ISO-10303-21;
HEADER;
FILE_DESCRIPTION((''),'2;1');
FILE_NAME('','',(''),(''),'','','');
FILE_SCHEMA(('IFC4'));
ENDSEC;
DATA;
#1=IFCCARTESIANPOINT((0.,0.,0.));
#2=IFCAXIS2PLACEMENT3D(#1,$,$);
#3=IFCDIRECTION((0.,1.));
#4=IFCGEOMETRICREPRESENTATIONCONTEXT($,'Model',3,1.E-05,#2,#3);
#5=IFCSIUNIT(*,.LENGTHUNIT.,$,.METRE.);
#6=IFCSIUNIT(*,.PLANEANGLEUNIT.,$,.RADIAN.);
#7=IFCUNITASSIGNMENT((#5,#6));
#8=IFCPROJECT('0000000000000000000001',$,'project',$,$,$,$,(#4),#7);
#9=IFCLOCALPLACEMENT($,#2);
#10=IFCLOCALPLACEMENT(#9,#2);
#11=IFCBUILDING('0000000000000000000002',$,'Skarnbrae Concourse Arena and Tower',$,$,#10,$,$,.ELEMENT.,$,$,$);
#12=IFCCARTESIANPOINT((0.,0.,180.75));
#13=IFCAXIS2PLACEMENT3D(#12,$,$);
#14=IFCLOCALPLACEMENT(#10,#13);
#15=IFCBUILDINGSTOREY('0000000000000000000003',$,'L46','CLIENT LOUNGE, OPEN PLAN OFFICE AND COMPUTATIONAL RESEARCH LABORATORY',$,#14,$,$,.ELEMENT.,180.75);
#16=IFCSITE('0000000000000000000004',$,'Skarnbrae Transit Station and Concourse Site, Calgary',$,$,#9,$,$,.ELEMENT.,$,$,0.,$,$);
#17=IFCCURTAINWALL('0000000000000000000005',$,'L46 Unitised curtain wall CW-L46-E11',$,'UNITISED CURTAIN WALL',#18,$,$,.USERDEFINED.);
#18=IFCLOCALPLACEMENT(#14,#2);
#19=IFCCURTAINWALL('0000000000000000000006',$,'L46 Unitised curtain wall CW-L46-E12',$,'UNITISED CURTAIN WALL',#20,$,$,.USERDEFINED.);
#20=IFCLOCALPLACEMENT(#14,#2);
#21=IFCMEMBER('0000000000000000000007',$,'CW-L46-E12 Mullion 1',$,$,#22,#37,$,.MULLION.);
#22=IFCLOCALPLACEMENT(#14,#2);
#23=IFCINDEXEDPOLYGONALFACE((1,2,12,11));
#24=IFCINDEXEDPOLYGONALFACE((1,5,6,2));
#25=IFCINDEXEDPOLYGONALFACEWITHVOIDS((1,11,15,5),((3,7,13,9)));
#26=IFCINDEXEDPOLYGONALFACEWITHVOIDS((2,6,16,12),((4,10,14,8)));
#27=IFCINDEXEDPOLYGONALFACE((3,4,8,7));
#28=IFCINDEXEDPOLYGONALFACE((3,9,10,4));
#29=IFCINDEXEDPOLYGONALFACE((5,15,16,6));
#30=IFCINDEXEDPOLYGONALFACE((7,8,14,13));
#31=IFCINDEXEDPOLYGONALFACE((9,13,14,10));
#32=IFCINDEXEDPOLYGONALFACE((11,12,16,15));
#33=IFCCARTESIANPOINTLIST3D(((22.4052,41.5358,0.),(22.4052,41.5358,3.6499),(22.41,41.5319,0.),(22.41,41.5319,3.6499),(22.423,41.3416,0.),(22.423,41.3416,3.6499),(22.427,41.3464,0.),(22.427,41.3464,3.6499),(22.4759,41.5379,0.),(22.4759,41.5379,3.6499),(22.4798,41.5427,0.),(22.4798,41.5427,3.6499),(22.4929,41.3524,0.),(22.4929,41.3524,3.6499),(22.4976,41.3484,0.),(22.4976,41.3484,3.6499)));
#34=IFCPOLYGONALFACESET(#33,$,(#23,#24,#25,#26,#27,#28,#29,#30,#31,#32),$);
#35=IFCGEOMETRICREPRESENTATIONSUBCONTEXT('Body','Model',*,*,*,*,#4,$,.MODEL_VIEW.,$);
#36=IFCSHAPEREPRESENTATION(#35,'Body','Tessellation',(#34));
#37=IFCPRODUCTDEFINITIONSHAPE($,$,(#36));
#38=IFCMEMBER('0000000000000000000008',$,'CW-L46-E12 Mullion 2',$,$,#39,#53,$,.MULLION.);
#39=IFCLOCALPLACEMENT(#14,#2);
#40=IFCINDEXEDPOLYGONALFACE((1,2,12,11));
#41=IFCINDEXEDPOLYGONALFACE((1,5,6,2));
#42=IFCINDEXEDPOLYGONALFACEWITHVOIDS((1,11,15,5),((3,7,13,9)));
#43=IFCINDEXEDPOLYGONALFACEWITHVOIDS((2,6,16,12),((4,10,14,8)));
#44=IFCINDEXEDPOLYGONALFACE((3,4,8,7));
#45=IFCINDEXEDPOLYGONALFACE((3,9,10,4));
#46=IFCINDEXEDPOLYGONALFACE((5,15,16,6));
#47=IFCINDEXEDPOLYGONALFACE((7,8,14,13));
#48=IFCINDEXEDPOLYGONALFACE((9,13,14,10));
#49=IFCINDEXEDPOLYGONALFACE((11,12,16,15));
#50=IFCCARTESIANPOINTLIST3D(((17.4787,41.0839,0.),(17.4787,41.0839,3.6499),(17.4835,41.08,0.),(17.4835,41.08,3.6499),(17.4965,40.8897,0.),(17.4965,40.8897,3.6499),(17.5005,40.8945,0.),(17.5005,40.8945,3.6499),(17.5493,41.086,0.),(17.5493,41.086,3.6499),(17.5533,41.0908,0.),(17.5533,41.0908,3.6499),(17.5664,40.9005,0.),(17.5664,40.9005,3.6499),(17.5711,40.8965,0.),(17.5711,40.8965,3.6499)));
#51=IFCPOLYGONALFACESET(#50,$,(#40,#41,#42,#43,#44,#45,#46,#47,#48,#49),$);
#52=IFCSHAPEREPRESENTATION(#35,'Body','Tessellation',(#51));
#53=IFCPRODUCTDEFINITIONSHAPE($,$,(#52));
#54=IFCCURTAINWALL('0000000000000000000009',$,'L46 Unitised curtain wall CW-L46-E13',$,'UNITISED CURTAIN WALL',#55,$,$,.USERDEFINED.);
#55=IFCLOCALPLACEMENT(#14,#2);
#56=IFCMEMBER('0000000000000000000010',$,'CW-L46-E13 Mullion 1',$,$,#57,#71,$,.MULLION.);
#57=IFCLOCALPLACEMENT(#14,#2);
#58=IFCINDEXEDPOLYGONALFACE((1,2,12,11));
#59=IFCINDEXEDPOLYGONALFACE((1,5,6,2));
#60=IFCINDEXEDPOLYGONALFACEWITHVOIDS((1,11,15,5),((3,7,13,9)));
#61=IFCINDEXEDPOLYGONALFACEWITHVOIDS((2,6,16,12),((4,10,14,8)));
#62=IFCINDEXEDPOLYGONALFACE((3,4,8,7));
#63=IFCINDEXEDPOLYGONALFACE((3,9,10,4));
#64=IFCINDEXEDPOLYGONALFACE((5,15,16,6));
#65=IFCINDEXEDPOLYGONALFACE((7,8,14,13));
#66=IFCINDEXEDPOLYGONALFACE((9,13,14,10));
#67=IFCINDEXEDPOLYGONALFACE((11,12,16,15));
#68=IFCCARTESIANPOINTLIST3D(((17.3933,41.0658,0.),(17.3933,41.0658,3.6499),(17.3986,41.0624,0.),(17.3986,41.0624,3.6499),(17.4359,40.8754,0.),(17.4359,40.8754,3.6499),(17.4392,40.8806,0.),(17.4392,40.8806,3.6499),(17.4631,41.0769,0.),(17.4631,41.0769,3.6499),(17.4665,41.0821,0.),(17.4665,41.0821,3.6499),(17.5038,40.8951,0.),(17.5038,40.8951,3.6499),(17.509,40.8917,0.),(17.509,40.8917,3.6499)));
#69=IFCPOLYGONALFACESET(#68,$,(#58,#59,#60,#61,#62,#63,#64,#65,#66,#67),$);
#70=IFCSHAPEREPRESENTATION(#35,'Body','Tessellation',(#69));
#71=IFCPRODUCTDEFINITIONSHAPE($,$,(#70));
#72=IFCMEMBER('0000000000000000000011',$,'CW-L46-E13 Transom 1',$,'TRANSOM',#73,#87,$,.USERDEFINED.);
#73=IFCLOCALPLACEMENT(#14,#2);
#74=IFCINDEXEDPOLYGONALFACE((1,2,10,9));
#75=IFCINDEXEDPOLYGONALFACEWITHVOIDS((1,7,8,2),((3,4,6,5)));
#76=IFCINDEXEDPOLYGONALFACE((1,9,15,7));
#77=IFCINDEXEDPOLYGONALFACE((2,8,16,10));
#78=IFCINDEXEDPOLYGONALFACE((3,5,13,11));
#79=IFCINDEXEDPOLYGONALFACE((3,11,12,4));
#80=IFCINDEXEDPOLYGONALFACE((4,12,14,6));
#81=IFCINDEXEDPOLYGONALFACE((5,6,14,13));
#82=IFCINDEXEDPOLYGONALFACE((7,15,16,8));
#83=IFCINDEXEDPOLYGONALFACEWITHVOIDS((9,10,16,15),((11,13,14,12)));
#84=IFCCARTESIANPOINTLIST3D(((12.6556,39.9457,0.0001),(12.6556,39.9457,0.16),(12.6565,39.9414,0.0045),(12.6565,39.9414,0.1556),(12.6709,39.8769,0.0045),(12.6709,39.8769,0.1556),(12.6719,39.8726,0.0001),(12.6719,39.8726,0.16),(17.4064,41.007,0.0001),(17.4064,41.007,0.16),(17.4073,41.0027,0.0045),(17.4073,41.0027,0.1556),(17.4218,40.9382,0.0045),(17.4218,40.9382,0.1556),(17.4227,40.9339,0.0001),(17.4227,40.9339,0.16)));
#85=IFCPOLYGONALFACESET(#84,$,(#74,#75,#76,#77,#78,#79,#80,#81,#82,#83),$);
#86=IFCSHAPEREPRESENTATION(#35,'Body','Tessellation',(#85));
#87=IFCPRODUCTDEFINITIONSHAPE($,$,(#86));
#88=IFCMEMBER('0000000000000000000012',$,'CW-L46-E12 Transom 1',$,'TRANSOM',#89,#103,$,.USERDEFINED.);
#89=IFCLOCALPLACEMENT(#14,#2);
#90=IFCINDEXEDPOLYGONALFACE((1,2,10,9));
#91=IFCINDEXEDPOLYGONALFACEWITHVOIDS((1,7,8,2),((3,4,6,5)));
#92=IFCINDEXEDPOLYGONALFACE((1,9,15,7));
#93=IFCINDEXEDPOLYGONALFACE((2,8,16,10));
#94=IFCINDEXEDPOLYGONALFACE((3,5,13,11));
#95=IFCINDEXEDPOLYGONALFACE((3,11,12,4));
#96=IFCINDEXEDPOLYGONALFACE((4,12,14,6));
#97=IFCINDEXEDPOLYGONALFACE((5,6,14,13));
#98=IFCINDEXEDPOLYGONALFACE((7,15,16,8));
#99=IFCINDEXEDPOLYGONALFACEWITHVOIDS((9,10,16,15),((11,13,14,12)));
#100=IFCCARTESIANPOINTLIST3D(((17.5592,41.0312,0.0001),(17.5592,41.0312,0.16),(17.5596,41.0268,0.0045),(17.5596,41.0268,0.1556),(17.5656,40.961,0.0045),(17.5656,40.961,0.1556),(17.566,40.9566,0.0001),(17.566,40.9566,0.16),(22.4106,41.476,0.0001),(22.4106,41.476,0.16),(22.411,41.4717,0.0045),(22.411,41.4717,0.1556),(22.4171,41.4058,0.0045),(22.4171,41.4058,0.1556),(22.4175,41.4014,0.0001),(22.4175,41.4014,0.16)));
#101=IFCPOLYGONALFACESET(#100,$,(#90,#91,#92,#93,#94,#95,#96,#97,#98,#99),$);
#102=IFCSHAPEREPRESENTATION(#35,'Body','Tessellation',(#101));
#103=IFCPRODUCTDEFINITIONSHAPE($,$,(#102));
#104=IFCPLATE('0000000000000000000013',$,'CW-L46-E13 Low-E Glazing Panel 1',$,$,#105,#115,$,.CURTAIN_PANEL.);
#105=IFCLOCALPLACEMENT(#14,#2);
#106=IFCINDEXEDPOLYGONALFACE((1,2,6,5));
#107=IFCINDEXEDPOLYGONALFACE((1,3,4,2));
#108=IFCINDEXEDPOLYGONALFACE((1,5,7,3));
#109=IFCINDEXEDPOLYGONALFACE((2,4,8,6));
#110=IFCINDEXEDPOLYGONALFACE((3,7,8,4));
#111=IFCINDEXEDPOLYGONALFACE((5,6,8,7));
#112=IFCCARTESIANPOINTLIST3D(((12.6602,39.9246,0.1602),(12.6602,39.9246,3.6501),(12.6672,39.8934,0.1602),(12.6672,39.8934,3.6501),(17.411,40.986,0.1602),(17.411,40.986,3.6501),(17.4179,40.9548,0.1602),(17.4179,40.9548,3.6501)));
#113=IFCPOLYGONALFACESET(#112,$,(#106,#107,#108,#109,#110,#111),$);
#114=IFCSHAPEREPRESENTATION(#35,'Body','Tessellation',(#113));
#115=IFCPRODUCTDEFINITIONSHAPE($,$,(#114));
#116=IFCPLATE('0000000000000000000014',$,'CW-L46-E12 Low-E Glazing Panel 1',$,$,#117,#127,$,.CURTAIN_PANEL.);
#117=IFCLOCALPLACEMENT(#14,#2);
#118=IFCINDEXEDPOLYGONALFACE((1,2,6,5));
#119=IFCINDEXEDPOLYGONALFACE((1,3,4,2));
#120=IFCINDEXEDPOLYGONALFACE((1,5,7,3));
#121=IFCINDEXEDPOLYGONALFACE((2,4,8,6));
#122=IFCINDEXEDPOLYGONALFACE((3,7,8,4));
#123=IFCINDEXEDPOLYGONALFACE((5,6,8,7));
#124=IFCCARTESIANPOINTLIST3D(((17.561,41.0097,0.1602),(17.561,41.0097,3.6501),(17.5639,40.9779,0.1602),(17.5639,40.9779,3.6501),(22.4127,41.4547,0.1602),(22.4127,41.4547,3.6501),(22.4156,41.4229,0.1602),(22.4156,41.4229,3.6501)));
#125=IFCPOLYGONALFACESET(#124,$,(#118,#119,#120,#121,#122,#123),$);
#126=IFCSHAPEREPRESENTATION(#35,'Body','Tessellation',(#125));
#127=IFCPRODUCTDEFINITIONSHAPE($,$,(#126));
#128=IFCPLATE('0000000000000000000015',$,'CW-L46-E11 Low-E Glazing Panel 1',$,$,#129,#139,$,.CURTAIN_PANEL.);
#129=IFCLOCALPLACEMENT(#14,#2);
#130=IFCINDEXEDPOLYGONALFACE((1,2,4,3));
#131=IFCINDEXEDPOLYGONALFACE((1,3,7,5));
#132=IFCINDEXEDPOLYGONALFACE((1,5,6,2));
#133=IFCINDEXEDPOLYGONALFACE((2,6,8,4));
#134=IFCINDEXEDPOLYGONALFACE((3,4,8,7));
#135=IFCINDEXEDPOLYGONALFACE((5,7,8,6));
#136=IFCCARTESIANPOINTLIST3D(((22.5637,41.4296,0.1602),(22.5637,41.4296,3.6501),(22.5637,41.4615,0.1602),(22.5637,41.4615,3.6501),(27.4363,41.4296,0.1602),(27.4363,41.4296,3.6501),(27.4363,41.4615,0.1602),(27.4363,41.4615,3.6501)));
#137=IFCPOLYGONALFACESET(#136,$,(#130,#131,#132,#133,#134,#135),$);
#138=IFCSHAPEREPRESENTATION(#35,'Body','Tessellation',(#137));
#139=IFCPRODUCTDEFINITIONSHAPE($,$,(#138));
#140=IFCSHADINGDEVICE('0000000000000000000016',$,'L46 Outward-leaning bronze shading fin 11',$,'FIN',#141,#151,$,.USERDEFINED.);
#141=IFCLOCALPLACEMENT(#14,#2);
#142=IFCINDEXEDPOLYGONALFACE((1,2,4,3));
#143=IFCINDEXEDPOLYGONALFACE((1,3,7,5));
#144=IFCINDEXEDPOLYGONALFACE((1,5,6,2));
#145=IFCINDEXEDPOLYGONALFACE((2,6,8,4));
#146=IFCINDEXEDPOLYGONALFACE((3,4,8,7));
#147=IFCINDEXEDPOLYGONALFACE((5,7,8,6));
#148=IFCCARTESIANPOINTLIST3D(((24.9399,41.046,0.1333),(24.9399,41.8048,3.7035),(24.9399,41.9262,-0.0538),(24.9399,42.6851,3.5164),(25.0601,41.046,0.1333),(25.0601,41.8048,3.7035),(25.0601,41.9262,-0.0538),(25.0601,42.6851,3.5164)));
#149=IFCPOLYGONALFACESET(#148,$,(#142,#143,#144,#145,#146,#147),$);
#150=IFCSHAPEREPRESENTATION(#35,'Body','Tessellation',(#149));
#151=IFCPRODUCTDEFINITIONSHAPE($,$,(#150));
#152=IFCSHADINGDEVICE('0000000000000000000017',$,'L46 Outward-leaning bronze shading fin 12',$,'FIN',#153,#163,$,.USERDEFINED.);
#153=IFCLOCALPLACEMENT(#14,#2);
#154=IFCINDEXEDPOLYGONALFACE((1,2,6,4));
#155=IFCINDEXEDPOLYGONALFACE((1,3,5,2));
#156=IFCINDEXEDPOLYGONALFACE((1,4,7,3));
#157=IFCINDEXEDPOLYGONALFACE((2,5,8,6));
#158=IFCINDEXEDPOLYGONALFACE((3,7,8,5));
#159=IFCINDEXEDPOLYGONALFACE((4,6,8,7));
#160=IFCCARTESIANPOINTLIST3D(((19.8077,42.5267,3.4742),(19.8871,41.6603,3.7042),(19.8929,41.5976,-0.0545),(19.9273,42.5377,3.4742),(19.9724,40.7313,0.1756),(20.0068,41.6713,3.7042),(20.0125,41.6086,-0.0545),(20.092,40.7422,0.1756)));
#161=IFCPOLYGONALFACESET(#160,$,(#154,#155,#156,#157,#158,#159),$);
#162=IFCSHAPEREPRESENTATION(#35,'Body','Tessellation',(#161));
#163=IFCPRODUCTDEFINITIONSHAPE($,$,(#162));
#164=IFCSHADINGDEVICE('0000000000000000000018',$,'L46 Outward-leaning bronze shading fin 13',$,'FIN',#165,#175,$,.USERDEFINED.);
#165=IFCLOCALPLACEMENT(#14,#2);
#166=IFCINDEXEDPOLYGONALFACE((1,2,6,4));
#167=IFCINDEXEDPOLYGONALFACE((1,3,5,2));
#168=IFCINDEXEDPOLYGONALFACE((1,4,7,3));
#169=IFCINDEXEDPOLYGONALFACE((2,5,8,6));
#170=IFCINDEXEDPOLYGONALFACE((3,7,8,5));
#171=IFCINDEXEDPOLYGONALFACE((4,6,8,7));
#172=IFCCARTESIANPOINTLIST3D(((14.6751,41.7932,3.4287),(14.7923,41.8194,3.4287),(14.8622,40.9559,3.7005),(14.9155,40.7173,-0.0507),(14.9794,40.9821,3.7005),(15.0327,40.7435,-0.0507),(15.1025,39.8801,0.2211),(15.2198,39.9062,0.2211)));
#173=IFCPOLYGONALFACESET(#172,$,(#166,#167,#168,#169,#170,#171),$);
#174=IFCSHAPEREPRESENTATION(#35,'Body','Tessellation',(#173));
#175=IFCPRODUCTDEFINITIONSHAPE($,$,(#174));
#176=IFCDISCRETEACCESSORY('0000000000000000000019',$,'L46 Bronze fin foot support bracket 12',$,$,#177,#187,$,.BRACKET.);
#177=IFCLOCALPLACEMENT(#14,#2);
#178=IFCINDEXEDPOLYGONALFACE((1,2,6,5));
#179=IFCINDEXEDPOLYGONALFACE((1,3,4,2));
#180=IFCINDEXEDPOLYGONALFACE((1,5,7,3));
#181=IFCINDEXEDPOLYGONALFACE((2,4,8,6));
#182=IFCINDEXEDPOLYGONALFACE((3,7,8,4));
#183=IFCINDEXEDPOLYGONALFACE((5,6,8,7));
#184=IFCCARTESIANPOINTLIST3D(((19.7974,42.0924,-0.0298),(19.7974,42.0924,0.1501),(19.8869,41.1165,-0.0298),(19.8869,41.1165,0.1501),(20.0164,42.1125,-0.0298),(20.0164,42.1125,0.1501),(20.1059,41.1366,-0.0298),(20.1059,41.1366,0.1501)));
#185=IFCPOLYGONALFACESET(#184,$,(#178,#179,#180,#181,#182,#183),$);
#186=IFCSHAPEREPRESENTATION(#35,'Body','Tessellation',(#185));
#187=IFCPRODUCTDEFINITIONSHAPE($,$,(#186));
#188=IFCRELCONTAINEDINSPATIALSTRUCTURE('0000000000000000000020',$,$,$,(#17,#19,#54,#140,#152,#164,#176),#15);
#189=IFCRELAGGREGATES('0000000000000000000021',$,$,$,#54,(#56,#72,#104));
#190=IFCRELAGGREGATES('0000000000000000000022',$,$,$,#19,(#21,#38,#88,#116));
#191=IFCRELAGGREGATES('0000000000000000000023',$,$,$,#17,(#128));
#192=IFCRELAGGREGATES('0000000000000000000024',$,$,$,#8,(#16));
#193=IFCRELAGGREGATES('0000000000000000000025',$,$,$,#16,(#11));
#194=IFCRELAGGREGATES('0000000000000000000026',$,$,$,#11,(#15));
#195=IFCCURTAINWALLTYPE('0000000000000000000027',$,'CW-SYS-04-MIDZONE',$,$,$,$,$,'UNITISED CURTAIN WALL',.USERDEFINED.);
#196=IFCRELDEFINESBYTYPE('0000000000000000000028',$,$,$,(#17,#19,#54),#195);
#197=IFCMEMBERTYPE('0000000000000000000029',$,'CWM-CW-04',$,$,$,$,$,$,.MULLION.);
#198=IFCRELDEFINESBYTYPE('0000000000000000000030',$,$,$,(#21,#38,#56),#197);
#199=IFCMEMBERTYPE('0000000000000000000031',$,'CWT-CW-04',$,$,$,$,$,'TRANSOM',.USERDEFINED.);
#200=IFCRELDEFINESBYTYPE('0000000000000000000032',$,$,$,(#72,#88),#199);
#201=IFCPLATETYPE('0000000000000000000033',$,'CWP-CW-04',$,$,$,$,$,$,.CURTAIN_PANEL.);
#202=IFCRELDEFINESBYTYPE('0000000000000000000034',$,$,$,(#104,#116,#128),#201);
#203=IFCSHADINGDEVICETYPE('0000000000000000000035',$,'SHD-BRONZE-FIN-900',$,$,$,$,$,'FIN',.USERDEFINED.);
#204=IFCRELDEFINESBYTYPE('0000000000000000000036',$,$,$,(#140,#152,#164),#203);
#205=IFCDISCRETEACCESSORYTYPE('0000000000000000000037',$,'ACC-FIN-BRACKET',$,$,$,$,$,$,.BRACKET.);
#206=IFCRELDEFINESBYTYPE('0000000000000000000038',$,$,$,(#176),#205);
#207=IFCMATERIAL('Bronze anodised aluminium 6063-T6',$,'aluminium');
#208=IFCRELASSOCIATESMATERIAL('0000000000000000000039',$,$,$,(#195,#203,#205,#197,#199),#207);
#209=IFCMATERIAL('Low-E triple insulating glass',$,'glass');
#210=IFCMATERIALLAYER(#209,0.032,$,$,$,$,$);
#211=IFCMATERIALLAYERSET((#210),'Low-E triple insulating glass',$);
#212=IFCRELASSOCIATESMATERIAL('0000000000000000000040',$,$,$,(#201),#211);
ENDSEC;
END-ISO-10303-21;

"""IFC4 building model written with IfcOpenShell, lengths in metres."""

from ifc_helpers import new_model, si_unit, direction, frame, origin, origin_2d, place, context, subcontext, project, spatial, rectangle, hollow_rectangle, extrude, source, transform, mapped, material, layer, layer_set, material_profile, profile_set, type_object, element, aggregate, save


model = new_model("IFC4")

# Units and contexts
model_context = context("Model", 3, precision=1e-05, world=origin(), true_north=direction((0.0, 1.0)))
body_context = subcontext(model_context, "Body", "Model", "MODEL_VIEW")
ifc_project = project(units=[si_unit("LENGTHUNIT", "METRE"), si_unit("PLANEANGLEUNIT", "RADIAN")], contexts=[model_context])

# Site, building, storey
site_placement = place(None, origin())
site = spatial("IfcSite", under=ifc_project, at=site_placement, Name="Skarnbrae Transit Station and Concourse Site, Calgary", CompositionType="ELEMENT", RefElevation=0.0)
building_placement = place(site_placement, origin())
building = spatial("IfcBuilding", under=site, at=building_placement, Name="Skarnbrae Concourse Arena and Tower", CompositionType="ELEMENT")
storey_placement = place(building_placement, frame((0.0, 0.0, 180.75)))
storey = spatial("IfcBuildingStorey", under=building, at=storey_placement, Name="L46", Description="CLIENT LOUNGE, OPEN PLAN OFFICE AND COMPUTATIONAL RESEARCH LABORATORY", CompositionType="ELEMENT", Elevation=180.75)

# Curtain wall
ifc_material_1 = material(Name="Bronze anodised aluminium 6063-T6", Category="aluminium")
curtain_wall_type = type_object("IfcCurtainWallType", Name="CW-SYS-04-MIDZONE", ElementType="UNITISED CURTAIN WALL", PredefinedType="USERDEFINED", material=ifc_material_1)
curtain_wall_1_placement = place(storey_placement, origin())
curtain_wall_1 = element("IfcCurtainWall", 1, at=curtain_wall_1_placement, inside=storey, type_object=curtain_wall_type, Name="L46 Unitised curtain wall CW-L46-E11", ObjectType="UNITISED CURTAIN WALL", PredefinedType="USERDEFINED")
ifc_material_profile_1 = material_profile(ifc_material_1, hollow_rectangle(XDim=0.075, YDim=0.1951, WallThickness=0.0044, at=origin_2d()), Name="ALU-MULL-75X195")
ifc_profile_set_1 = profile_set([ifc_material_profile_1], Name="Bronze anodised aluminium 6063-T6")
member_type_1 = type_object("IfcMemberType", Name="CWM-CW-04", PredefinedType="MULLION", material=ifc_profile_set_1)
shared_shape_1 = source(origin(), body_context, "Body", "SweptSolid", [
    extrude(hollow_rectangle(XDim=0.075, YDim=0.1951, WallThickness=0.0044, at=origin_2d()), origin(), (0.0, 0.0, 1.0), 3.6499),
])

# Curtain walls, members
curtain_wall_2_placement = place(storey_placement, origin())
curtain_wall_2 = element("IfcCurtainWall", 2, at=curtain_wall_2_placement, inside=storey, type_object=curtain_wall_type, Name="L46 Unitised curtain wall CW-L46-E12", ObjectType="UNITISED CURTAIN WALL", PredefinedType="USERDEFINED")
member_1_placement = place(storey_placement, frame((22.4514, 41.4421, 0.0), z_axis=(0.0, 0.0, 1.0), x_axis=(-0.99582, -0.091338, 0.0)))
member_1 = element("IfcMember", 3, at=member_1_placement, type_object=member_type_1, Name="CW-L46-E12 Mullion 1", PredefinedType="MULLION", context=body_context, shape_type="MappedRepresentation", body=[
    mapped(shared_shape_1, transform((0.0, 0.0, 0.0))),
])
member_2_placement = place(storey_placement, frame((17.5249, 40.9902, 0.0), z_axis=(0.0, 0.0, 1.0), x_axis=(-0.99582, -0.091338, 0.0)))
member_2 = element("IfcMember", 4, at=member_2_placement, type_object=member_type_1, Name="CW-L46-E12 Mullion 2", PredefinedType="MULLION", context=body_context, shape_type="MappedRepresentation", body=[
    mapped(shared_shape_1, transform((0.0, 0.0, 0.0))),
])
curtain_wall_3_placement = place(storey_placement, origin())
curtain_wall_3 = element("IfcCurtainWall", 5, at=curtain_wall_3_placement, inside=storey, type_object=curtain_wall_type, Name="L46 Unitised curtain wall CW-L46-E13", ObjectType="UNITISED CURTAIN WALL", PredefinedType="USERDEFINED")
member_3_placement = place(storey_placement, frame((17.4512, 40.9788, 0.0), z_axis=(0.0, 0.0, 1.0), x_axis=(-0.975936, -0.218056, 0.0)))
member_3 = element("IfcMember", 6, at=member_3_placement, type_object=member_type_1, Name="CW-L46-E13 Mullion 1", PredefinedType="MULLION", context=body_context, shape_type="MappedRepresentation", body=[
    mapped(shared_shape_1, transform((0.0, 0.0, 0.0))),
])
ifc_material_profile_2 = material_profile(ifc_material_1, hollow_rectangle(XDim=0.075, YDim=0.1599, WallThickness=0.0044, at=origin_2d()), Name="ALU-TRAN-75X160")
ifc_profile_set_2 = profile_set([ifc_material_profile_2], Name="Bronze anodised aluminium 6063-T6")
member_type_2 = type_object("IfcMemberType", Name="CWT-CW-04", ElementType="TRANSOM", PredefinedType="USERDEFINED", material=ifc_profile_set_2)
shared_shape_2 = source(origin(), body_context, "Body", "SweptSolid", [
    extrude(hollow_rectangle(XDim=0.075, YDim=0.1599, WallThickness=0.0044, at=origin_2d()), origin(), (0.0, 0.0, 1.0), 4.8679),
])
member_4_placement = place(storey_placement, frame((17.4146, 40.9705, 0.0801), z_axis=(-0.975945, -0.218019, 0.0), x_axis=(0.218019, -0.975945, 0.0)))
member_4 = element("IfcMember", 7, at=member_4_placement, type_object=member_type_2, Name="CW-L46-E13 Transom 1", ObjectType="TRANSOM", PredefinedType="USERDEFINED", context=body_context, shape_type="MappedRepresentation", body=[
    mapped(shared_shape_2, transform((0.0, 0.0, 0.0))),
])

# Member
shared_shape_3 = source(origin(), body_context, "Body", "SweptSolid", [
    extrude(hollow_rectangle(XDim=0.075, YDim=0.1599, WallThickness=0.0044, at=origin_2d()), origin(), (0.0, 0.0, 1.0), 4.8718),
])
member_5_placement = place(storey_placement, frame((22.4141, 41.4387, 0.0801), z_axis=(-0.995823, -0.091304, 0.0), x_axis=(0.091304, -0.995823, 0.0)))
member_5 = element("IfcMember", 8, at=member_5_placement, type_object=member_type_2, Name="CW-L46-E12 Transom 1", ObjectType="TRANSOM", PredefinedType="USERDEFINED", context=body_context, shape_type="MappedRepresentation", body=[
    mapped(shared_shape_3, transform((0.0, 0.0, 0.0))),
])

# Plates
ifc_material_2 = material(Name="Low-E triple insulating glass", Category="glass")
ifc_layer = layer(ifc_material_2, 0.032)
ifc_layer_set = layer_set([ifc_layer], Name="Low-E triple insulating glass")
plate_type = type_object("IfcPlateType", Name="CWP-CW-04", PredefinedType="CURTAIN_PANEL", material=ifc_layer_set)
shared_shape_4 = source(origin(), body_context, "Body", "SweptSolid", [
    extrude(rectangle(XDim=4.8679, YDim=0.032, at=origin_2d()), origin(), (0.0, 0.0, 1.0), 3.49),
])
plate_1_placement = place(storey_placement, frame((15.0391, 40.4397, 0.1602), z_axis=(0.0, 0.0, 1.0), x_axis=(-0.975936, -0.218056, 0.0)))
plate_1 = element("IfcPlate", 9, at=plate_1_placement, type_object=plate_type, Name="CW-L46-E13 Low-E Glazing Panel 1", PredefinedType="CURTAIN_PANEL", context=body_context, shape_type="MappedRepresentation", body=[
    mapped(shared_shape_4, transform((0.0, 0.0, 0.0))),
])
aggregate(curtain_wall_3, [member_3, member_4, plate_1])
shared_shape_5 = source(origin(), body_context, "Body", "SweptSolid", [
    extrude(rectangle(XDim=4.8721, YDim=0.032, at=origin_2d()), origin(), (0.0, 0.0, 1.0), 3.49),
])
plate_2_placement = place(storey_placement, frame((19.9883, 41.2163, 0.1602), z_axis=(0.0, 0.0, 1.0), x_axis=(-0.99582, -0.091338, 0.0)))
plate_2 = element("IfcPlate", 10, at=plate_2_placement, type_object=plate_type, Name="CW-L46-E12 Low-E Glazing Panel 1", PredefinedType="CURTAIN_PANEL", context=body_context, shape_type="MappedRepresentation", body=[
    mapped(shared_shape_5, transform((0.0, 0.0, 0.0))),
])
aggregate(curtain_wall_2, [member_1, member_2, member_5, plate_2])
shared_shape_6 = source(origin(), body_context, "Body", "SweptSolid", [
    extrude(rectangle(XDim=4.8726, YDim=0.032, at=origin_2d()), origin(), (0.0, 0.0, 1.0), 3.49),
])
plate_3_placement = place(storey_placement, frame((25.0, 41.4456, 0.1602), z_axis=(0.0, 0.0, 1.0), x_axis=(-1.0, 0.0, 0.0)))
plate_3 = element("IfcPlate", 11, at=plate_3_placement, type_object=plate_type, Name="CW-L46-E11 Low-E Glazing Panel 1", PredefinedType="CURTAIN_PANEL", context=body_context, shape_type="MappedRepresentation", body=[
    mapped(shared_shape_6, transform((0.0, 0.0, 0.0))),
])
aggregate(curtain_wall_1, [plate_3])

# Shading devices
shading_device_type = type_object("IfcShadingDeviceType", Name="SHD-BRONZE-FIN-900", ElementType="FIN", PredefinedType="USERDEFINED", material=ifc_material_1)
shared_shape_7 = source(origin(), body_context, "Body", "SweptSolid", [
    extrude(rectangle(XDim=0.1201, YDim=0.8999, at=origin_2d()), origin(), (0.0, 0.0, 1.0), 3.6499),
])
for number, where, z_axis, x_axis, name in (
    (12, (25.0, 41.4861, 0.0398), (0.0, 0.207912, 0.978148), (1.0, 0.0, 0.0), "L46 Outward-leaning bronze shading fin 11"),
    (13, (19.9924, 41.1699, 0.0605), (-0.023349, 0.254546, 0.966779), (0.995819, 0.091345, 0.0), "L46 Outward-leaning bronze shading fin 12"),
    (14, (15.0676, 40.3118, 0.0852), (-0.065862, 0.294769, 0.953296), (0.975936, 0.218058, 0.0), "L46 Outward-leaning bronze shading fin 13"),
):
    element("IfcShadingDevice", number, at=place(storey_placement, frame(where, z_axis=z_axis, x_axis=x_axis)), inside=storey, type_object=shading_device_type, Name=name, ObjectType="FIN", PredefinedType="USERDEFINED", context=body_context, shape_type="MappedRepresentation", body=[
        mapped(shared_shape_7, transform((0.0, 0.0, 0.0))),
    ])

# Discrete accessory
discrete_accessory_type = type_object("IfcDiscreteAccessoryType", Name="ACC-FIN-BRACKET", PredefinedType="BRACKET", material=ifc_material_1)
shared_shape_8 = source(origin(), body_context, "Body", "SweptSolid", [
    extrude(rectangle(XDim=0.22, YDim=0.98, at=origin_2d()), origin(), (0.0, 0.0, 1.0), 0.1799),
])
for number, where, z_axis, x_axis, name in (
    (15, (19.9517, 41.6145, -0.0298), (0.0, 0.0, 1.0), (0.995819, 0.091345, 0.0), "L46 Bronze fin foot support bracket 12"),
):
    element("IfcDiscreteAccessory", number, at=place(storey_placement, frame(where, z_axis=z_axis, x_axis=x_axis)), inside=storey, type_object=discrete_accessory_type, Name=name, PredefinedType="BRACKET", context=body_context, shape_type="MappedRepresentation", body=[
        mapped(shared_shape_8, transform((0.0, 0.0, 0.0))),
    ])

save(model, "model.ifc")
